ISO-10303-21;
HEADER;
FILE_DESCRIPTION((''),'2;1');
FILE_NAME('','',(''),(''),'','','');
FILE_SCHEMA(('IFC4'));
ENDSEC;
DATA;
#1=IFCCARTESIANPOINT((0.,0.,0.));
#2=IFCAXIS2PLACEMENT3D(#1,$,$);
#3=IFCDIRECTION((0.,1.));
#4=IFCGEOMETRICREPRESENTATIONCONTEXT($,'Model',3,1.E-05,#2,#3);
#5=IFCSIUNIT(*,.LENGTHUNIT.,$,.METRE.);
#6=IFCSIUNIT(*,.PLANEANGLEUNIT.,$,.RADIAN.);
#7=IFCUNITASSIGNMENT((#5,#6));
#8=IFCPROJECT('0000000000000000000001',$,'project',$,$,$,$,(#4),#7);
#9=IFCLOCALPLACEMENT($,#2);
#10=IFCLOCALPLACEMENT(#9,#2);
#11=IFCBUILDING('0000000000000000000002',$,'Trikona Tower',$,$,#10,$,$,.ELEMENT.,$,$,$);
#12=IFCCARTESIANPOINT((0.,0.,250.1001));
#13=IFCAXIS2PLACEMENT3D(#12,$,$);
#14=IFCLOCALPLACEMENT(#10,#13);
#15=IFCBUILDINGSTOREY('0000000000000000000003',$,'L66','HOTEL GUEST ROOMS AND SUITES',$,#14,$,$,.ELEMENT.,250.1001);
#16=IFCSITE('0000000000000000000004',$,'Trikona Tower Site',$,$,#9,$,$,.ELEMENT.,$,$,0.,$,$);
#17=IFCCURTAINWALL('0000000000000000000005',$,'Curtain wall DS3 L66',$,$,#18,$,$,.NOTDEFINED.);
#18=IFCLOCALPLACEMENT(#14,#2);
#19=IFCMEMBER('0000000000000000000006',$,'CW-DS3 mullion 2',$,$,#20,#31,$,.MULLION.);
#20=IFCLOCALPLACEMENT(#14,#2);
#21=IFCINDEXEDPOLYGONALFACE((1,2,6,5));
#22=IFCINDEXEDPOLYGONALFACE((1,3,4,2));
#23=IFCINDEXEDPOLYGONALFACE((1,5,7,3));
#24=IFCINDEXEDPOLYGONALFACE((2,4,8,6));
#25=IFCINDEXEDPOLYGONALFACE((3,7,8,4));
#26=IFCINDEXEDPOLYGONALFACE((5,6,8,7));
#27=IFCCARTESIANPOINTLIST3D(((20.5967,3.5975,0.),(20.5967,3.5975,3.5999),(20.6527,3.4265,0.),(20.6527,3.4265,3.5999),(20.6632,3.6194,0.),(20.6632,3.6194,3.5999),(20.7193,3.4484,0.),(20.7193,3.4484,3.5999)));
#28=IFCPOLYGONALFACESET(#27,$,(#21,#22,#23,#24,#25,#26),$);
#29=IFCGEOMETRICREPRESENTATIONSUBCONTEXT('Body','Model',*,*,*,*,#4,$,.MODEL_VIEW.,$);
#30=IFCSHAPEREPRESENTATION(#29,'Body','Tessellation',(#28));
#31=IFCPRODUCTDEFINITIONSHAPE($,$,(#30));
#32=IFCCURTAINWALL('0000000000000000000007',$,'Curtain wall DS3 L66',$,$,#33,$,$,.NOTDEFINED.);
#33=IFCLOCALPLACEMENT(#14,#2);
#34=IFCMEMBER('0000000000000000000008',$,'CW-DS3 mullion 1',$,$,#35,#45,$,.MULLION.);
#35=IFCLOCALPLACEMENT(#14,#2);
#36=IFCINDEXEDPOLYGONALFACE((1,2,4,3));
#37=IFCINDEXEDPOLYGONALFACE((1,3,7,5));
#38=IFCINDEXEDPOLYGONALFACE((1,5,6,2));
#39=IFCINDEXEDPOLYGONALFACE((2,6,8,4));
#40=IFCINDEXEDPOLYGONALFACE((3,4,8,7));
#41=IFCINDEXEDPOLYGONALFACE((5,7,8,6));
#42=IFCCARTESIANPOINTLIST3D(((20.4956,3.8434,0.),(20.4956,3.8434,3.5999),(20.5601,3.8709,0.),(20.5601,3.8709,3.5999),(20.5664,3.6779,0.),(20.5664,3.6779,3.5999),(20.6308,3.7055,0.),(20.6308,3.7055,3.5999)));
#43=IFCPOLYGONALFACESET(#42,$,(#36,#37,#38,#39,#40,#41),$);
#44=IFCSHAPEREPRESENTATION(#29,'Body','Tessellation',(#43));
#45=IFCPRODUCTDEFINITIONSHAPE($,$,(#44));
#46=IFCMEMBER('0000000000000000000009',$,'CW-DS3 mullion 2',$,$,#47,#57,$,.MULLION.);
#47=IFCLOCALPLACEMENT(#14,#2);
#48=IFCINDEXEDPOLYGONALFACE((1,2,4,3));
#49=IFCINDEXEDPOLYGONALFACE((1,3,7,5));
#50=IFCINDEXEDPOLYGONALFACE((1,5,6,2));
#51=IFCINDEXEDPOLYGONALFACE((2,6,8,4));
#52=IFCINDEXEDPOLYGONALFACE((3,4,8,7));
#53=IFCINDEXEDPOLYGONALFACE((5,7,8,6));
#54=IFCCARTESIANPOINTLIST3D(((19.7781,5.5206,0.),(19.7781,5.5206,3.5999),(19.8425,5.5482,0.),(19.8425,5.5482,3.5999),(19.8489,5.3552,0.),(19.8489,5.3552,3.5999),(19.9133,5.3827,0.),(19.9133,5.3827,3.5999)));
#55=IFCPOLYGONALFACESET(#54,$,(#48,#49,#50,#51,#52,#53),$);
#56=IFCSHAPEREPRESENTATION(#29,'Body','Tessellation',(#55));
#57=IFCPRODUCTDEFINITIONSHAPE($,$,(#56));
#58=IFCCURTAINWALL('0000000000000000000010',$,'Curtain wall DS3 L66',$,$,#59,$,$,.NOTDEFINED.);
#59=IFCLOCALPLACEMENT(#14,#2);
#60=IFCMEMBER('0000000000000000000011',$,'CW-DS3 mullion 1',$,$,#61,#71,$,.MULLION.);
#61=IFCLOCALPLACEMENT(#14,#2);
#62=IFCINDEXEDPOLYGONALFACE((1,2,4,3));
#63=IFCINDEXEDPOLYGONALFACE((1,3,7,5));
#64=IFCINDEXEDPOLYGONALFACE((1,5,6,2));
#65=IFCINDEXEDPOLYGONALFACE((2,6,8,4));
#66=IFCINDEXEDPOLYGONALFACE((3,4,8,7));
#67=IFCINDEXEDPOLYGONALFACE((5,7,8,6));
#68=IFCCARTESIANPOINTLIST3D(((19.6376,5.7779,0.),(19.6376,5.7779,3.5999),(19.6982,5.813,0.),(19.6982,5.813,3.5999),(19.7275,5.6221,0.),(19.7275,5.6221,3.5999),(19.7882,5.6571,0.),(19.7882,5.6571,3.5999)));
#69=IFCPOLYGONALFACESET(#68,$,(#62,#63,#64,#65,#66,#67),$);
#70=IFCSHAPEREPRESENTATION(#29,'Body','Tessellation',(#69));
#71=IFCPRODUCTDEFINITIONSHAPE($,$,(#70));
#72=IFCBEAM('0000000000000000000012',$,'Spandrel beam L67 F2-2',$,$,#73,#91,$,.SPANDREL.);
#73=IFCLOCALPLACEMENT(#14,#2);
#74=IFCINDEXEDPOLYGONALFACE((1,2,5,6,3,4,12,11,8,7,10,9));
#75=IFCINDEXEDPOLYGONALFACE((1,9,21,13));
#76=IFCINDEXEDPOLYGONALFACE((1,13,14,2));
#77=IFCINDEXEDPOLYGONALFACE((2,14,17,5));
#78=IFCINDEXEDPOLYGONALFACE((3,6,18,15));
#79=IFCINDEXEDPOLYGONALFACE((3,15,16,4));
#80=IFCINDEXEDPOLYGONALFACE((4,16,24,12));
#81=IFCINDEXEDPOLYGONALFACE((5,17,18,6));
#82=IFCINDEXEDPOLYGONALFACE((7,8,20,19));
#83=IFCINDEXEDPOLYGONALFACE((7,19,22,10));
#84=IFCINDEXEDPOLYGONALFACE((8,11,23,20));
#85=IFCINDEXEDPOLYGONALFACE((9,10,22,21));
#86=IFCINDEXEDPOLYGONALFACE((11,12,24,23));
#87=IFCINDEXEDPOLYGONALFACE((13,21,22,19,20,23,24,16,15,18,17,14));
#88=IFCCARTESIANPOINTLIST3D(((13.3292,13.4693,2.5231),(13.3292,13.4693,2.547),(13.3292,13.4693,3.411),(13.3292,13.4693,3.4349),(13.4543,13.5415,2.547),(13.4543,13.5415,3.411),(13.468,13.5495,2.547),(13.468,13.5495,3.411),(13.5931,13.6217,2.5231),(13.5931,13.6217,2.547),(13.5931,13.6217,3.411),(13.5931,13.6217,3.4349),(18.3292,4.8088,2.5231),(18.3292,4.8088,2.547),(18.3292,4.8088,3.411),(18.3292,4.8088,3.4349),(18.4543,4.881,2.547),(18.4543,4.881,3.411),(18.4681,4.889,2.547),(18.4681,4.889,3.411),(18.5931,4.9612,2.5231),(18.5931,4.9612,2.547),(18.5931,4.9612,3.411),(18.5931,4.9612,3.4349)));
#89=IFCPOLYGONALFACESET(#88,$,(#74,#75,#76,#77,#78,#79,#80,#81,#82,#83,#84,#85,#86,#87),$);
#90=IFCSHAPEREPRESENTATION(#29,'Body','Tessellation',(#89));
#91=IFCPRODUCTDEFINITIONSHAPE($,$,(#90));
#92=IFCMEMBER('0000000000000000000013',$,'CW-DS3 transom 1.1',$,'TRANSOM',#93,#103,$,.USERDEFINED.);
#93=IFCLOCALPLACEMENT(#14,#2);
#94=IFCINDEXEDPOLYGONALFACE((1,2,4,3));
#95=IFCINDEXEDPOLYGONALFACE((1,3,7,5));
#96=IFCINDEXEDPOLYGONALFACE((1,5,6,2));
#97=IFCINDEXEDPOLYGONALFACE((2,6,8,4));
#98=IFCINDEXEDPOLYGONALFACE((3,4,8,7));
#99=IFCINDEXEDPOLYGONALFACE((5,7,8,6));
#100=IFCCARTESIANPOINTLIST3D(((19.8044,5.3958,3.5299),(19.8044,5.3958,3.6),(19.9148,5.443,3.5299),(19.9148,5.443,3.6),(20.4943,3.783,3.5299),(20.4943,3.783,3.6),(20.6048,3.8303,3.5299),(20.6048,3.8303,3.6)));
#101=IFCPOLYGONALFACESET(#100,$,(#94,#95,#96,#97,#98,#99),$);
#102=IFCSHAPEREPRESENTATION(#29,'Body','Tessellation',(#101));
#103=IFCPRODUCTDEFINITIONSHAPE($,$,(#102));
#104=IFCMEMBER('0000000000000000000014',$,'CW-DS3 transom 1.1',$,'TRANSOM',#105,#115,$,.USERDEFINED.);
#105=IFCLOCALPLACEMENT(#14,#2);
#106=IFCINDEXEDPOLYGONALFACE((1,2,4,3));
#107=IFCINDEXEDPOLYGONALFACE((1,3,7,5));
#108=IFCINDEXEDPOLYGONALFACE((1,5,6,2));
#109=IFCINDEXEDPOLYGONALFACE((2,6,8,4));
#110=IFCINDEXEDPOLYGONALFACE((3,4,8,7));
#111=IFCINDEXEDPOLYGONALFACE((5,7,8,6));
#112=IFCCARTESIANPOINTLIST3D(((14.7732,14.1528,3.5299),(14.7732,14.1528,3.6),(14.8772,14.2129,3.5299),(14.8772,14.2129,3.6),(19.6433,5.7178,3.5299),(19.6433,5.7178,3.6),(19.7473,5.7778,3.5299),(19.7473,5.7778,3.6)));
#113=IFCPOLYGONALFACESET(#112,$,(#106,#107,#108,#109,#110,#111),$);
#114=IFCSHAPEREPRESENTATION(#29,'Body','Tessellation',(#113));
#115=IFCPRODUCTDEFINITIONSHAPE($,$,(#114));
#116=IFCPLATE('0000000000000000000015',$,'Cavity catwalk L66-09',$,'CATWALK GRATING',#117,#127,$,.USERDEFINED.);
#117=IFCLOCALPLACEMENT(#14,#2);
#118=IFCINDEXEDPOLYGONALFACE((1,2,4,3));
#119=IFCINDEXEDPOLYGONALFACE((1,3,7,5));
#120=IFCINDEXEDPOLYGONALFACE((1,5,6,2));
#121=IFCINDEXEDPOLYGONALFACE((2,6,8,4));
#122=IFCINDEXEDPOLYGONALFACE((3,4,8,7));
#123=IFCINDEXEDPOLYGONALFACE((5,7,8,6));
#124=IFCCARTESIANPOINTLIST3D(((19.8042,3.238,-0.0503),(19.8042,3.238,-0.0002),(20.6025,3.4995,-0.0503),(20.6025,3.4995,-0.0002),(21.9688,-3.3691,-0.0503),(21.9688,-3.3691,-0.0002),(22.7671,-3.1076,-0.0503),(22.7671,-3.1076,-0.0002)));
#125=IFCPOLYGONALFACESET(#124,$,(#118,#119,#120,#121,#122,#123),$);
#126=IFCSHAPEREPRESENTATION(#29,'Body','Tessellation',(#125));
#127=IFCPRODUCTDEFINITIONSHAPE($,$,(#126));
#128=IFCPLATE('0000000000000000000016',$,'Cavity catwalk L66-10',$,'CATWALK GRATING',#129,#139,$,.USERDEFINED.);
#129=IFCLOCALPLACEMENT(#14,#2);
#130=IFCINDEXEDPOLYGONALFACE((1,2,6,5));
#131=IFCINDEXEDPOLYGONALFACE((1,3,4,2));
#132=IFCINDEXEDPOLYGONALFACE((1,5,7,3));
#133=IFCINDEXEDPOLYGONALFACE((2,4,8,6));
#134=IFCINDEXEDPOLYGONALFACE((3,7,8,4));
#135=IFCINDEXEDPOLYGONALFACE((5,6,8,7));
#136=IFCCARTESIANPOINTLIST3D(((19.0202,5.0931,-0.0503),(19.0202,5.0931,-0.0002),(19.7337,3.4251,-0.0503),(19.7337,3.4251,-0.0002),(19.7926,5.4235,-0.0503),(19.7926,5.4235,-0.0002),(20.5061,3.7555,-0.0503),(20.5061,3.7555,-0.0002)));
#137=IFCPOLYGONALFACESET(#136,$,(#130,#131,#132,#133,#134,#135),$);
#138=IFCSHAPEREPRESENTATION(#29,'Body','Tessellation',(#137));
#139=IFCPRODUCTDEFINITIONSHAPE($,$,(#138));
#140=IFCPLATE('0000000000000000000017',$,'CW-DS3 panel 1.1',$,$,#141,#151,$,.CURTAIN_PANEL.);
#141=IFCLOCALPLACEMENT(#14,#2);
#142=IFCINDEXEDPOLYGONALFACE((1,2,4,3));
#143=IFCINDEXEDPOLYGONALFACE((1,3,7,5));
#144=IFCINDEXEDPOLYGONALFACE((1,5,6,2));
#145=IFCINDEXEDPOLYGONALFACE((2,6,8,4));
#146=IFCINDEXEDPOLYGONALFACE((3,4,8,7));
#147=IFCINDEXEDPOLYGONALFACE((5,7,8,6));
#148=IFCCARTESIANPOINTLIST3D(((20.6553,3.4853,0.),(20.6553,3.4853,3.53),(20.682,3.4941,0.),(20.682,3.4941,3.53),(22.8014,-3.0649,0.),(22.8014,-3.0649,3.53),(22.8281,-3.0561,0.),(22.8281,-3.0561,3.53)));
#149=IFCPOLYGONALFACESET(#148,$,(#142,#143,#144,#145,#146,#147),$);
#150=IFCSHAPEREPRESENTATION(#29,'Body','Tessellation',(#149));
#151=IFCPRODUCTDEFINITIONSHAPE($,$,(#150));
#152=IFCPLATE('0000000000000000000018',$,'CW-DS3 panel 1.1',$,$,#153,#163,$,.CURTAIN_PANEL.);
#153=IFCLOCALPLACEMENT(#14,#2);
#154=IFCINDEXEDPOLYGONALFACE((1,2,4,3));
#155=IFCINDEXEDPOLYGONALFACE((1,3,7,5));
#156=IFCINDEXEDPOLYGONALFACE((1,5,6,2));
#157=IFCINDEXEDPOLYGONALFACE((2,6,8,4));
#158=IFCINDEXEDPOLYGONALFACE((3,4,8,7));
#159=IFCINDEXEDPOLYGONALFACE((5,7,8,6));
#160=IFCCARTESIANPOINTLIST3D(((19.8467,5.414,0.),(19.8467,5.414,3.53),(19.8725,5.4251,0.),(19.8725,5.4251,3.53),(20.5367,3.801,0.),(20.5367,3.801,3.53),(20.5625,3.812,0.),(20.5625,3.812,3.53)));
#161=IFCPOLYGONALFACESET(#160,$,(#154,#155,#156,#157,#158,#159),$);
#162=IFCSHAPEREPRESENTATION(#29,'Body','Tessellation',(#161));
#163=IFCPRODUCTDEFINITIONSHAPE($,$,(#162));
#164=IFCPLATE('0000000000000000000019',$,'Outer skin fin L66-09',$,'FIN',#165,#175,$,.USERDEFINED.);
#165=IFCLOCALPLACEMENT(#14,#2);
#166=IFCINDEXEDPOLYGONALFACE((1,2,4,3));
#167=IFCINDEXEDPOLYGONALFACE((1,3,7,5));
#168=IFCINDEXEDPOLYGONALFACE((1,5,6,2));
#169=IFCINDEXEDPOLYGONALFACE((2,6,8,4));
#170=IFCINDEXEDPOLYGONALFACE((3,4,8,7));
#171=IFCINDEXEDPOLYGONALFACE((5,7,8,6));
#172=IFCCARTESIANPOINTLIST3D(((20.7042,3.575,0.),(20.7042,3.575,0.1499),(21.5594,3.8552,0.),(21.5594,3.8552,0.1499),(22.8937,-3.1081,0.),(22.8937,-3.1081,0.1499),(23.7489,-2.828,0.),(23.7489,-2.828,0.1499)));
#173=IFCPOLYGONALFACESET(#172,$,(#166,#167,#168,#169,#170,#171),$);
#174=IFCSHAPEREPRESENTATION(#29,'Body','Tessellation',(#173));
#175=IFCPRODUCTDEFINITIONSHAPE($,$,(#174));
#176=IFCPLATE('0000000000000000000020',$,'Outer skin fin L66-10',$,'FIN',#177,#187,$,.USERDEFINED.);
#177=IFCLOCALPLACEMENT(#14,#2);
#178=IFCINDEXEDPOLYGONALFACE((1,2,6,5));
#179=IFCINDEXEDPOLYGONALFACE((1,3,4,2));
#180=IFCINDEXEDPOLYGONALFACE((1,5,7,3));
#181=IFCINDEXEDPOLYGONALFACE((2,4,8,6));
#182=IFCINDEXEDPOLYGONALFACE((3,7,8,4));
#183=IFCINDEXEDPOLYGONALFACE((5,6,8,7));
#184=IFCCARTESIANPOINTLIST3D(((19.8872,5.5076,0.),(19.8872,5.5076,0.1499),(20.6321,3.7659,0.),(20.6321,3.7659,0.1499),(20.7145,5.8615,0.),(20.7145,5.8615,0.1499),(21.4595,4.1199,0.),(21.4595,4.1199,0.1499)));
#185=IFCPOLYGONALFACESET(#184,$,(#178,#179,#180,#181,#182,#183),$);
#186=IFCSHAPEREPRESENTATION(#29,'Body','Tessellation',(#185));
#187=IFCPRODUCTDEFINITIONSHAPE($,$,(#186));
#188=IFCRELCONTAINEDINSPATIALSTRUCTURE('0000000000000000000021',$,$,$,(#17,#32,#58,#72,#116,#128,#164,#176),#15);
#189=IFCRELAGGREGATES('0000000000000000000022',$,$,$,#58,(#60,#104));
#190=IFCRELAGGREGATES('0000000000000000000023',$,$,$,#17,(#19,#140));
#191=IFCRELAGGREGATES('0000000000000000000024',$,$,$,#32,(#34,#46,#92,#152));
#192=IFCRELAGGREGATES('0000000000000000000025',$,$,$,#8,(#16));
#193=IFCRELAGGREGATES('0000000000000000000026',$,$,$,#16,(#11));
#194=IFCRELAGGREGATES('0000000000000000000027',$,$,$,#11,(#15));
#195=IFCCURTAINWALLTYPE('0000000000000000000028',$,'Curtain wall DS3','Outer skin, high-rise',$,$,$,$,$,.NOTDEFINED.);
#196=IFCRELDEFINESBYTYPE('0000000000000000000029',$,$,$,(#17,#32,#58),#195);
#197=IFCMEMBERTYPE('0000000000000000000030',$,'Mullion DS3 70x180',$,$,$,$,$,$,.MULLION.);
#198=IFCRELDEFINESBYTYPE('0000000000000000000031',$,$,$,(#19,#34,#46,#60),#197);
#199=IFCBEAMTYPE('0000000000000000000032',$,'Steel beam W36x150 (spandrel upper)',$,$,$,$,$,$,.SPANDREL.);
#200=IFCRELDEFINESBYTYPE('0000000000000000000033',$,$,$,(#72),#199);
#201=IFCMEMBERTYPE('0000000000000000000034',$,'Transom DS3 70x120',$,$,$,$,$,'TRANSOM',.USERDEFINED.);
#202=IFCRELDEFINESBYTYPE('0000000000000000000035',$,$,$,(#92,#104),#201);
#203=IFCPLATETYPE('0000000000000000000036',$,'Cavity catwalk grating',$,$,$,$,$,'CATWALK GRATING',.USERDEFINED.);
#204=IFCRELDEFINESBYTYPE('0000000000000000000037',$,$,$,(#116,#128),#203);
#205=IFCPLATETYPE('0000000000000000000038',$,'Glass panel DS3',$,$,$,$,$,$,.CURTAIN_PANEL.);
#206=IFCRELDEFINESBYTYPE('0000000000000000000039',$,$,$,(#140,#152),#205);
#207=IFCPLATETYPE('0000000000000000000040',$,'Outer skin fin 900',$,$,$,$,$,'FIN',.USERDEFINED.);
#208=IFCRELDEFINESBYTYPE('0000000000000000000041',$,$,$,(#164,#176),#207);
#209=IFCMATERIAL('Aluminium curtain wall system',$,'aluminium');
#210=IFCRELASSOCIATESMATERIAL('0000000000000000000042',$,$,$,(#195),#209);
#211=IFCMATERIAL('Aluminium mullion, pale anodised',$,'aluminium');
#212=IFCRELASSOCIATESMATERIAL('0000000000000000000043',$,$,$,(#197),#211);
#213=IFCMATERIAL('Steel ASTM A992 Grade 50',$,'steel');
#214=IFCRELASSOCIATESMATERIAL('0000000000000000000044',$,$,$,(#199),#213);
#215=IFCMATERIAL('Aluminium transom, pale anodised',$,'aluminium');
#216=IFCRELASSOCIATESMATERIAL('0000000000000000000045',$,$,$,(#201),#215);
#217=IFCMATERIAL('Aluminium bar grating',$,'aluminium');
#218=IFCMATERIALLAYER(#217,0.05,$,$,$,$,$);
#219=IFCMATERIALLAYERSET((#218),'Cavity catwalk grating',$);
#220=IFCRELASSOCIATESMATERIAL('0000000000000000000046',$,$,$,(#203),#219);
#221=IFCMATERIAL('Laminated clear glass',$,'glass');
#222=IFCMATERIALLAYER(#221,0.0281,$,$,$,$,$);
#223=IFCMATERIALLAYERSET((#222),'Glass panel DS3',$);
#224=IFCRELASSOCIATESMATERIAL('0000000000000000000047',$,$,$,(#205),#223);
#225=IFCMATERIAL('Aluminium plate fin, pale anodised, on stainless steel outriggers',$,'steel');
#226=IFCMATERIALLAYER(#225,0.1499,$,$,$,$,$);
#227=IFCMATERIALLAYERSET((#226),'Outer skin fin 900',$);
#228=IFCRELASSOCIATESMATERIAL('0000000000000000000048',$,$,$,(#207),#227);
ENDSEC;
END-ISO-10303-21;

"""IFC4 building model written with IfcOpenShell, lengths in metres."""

from ifc_helpers import new_model, si_unit, direction, frame, origin, origin_2d, place, context, subcontext, project, spatial, rectangle, i_section, extrude, material, layer, layer_set, material_profile, profile_set, type_object, element, aggregate, save


model = new_model("IFC4")

# Units and contexts
model_context = context("Model", 3, precision=1e-05, world=origin(), true_north=direction((0.0, 1.0)))
body_context = subcontext(model_context, "Body", "Model", "MODEL_VIEW")
ifc_project = project(units=[si_unit("LENGTHUNIT", "METRE"), si_unit("PLANEANGLEUNIT", "RADIAN")], contexts=[model_context])

# Site, building, storey
site_placement = place(None, origin())
site = spatial("IfcSite", under=ifc_project, at=site_placement, Name="Trikona Tower Site", CompositionType="ELEMENT", RefElevation=0.0)
building_placement = place(site_placement, origin())
building = spatial("IfcBuilding", under=site, at=building_placement, Name="Trikona Tower", CompositionType="ELEMENT")
storey_placement = place(building_placement, frame((0.0, 0.0, 250.1001)))
storey = spatial("IfcBuildingStorey", under=building, at=storey_placement, Name="L66", Description="HOTEL GUEST ROOMS AND SUITES", CompositionType="ELEMENT", Elevation=250.1001)

# Curtain wall, member
ifc_material_1 = material(Name="Aluminium curtain wall system", Category="aluminium")
curtain_wall_type = type_object("IfcCurtainWallType", Name="Curtain wall DS3", Description="Outer skin, high-rise", PredefinedType="NOTDEFINED", material=ifc_material_1)
curtain_wall_1_placement = place(storey_placement, origin())
curtain_wall_1 = element("IfcCurtainWall", 1, at=curtain_wall_1_placement, inside=storey, type_object=curtain_wall_type, Name="Curtain wall DS3 L66", PredefinedType="NOTDEFINED")
ifc_material_2 = material(Name="Aluminium mullion, pale anodised", Category="aluminium")
ifc_material_profile_1 = material_profile(ifc_material_2, rectangle(XDim=0.0701, YDim=0.1799, at=origin_2d()), Name="MUL-DS3")
ifc_profile_set_1 = profile_set([ifc_material_profile_1], Name="Aluminium mullion, pale anodised")
member_type_1 = type_object("IfcMemberType", Name="Mullion DS3 70x180", PredefinedType="MULLION", material=ifc_profile_set_1)
member_1_placement = place(storey_placement, frame((20.658, 3.5229, 0.0), z_axis=(0.0, 0.0, 1.0), x_axis=(-0.950297, -0.311344, 0.0)))
member_1 = element("IfcMember", 2, at=member_1_placement, type_object=member_type_1, Name="CW-DS3 mullion 2", PredefinedType="MULLION", context=body_context, shape_type="SweptSolid", body=[
    extrude(rectangle(XDim=0.0701, YDim=0.1799, at=origin_2d()), origin(), (0.0, 0.0, 1.0), 3.5999),
])

# Curtain wall, members
curtain_wall_2_placement = place(storey_placement, origin())
curtain_wall_2 = element("IfcCurtainWall", 3, at=curtain_wall_2_placement, inside=storey, type_object=curtain_wall_type, Name="Curtain wall DS3 L66", PredefinedType="NOTDEFINED")
member_2_placement = place(storey_placement, frame((20.5632, 3.7744, 0.0), z_axis=(0.0, 0.0, 1.0), x_axis=(-0.919421, -0.393276, 0.0)))
member_2 = element("IfcMember", 4, at=member_2_placement, type_object=member_type_1, Name="CW-DS3 mullion 1", PredefinedType="MULLION", context=body_context, shape_type="SweptSolid", body=[
    extrude(rectangle(XDim=0.0701, YDim=0.1799, at=origin_2d()), origin(), (0.0, 0.0, 1.0), 3.5999),
])
member_3_placement = place(storey_placement, frame((19.8457, 5.4517, 0.0), z_axis=(0.0, 0.0, 1.0), x_axis=(-0.919421, -0.393276, 0.0)))
member_3 = element("IfcMember", 5, at=member_3_placement, type_object=member_type_1, Name="CW-DS3 mullion 2", PredefinedType="MULLION", context=body_context, shape_type="SweptSolid", body=[
    extrude(rectangle(XDim=0.0701, YDim=0.1799, at=origin_2d()), origin(), (0.0, 0.0, 1.0), 3.5999),
])

# Curtain wall, member
curtain_wall_3_placement = place(storey_placement, origin())
curtain_wall_3 = element("IfcCurtainWall", 6, at=curtain_wall_3_placement, inside=storey, type_object=curtain_wall_type, Name="Curtain wall DS3 L66", PredefinedType="NOTDEFINED")
member_4_placement = place(storey_placement, frame((19.7129, 5.7175, 0.0), z_axis=(0.0, 0.0, 1.0), x_axis=(-0.866025, -0.500001, 0.0)))
member_4 = element("IfcMember", 7, at=member_4_placement, type_object=member_type_1, Name="CW-DS3 mullion 1", PredefinedType="MULLION", context=body_context, shape_type="SweptSolid", body=[
    extrude(rectangle(XDim=0.0701, YDim=0.1799, at=origin_2d()), origin(), (0.0, 0.0, 1.0), 3.5999),
])

# Beam
ifc_material_3 = material(Name="Steel ASTM A992 Grade 50", Category="steel")
ifc_material_profile_2 = material_profile(ifc_material_3, i_section(OverallWidth=0.3047, OverallDepth=0.9119, WebThickness=0.0159, FlangeThickness=0.0239, at=origin_2d()), Name="W36X150")
ifc_profile_set_2 = profile_set([ifc_material_profile_2], Name="Steel ASTM A992 Grade 50")
beam_type = type_object("IfcBeamType", Name="Steel beam W36x150 (spandrel upper)", PredefinedType="SPANDREL", material=ifc_profile_set_2)
beam_placement = place(storey_placement, frame((18.4612, 4.885, 2.979), z_axis=(-0.499994, 0.866029, 0.0), x_axis=(-0.866029, -0.499994, 0.0)))
element("IfcBeam", 8, at=beam_placement, inside=storey, type_object=beam_type, Name="Spandrel beam L67 F2-2", PredefinedType="SPANDREL", context=body_context, shape_type="SweptSolid", body=[
    extrude(i_section(OverallWidth=0.3047, OverallDepth=0.9119, WebThickness=0.0159, FlangeThickness=0.0239, at=origin_2d()), origin(), (0.0, 0.0, 1.0), 10.0002),
])

# Members
ifc_material_4 = material(Name="Aluminium transom, pale anodised", Category="aluminium")
ifc_material_profile_3 = material_profile(ifc_material_4, rectangle(XDim=0.1201, YDim=0.0701, at=origin_2d()), Name="TRN-DS3")
ifc_profile_set_3 = profile_set([ifc_material_profile_3], Name="Aluminium transom, pale anodised")
member_type_2 = type_object("IfcMemberType", Name="Transom DS3 70x120", ElementType="TRANSOM", PredefinedType="USERDEFINED", material=ifc_profile_set_3)
member_5_placement = place(storey_placement, frame((20.5496, 3.8066, 3.5649), z_axis=(-0.393315, 0.919404, 0.0), x_axis=(-0.919404, -0.393315, 0.0)))
member_5 = element("IfcMember", 9, at=member_5_placement, type_object=member_type_2, Name="CW-DS3 transom 1.1", ObjectType="TRANSOM", PredefinedType="USERDEFINED", context=body_context, shape_type="SweptSolid", body=[
    extrude(rectangle(XDim=0.1201, YDim=0.0701, at=origin_2d()), origin(), (0.0, 0.0, 1.0), 1.7542),
])
member_6_placement = place(storey_placement, frame((19.6953, 5.7478, 3.5649), z_axis=(-0.50001, 0.866019, 0.0), x_axis=(-0.866019, -0.50001, 0.0)))
member_6 = element("IfcMember", 10, at=member_6_placement, type_object=member_type_2, Name="CW-DS3 transom 1.1", ObjectType="TRANSOM", PredefinedType="USERDEFINED", context=body_context, shape_type="SweptSolid", body=[
    extrude(rectangle(XDim=0.1201, YDim=0.0701, at=origin_2d()), origin(), (0.0, 0.0, 1.0), 9.74),
])
aggregate(curtain_wall_3, [member_4, member_6])

# Plates
ifc_material_5 = material(Name="Aluminium bar grating", Category="aluminium")
ifc_layer_1 = layer(ifc_material_5, 0.05)
ifc_layer_set_1 = layer_set([ifc_layer_1], Name="Cavity catwalk grating")
plate_type_1 = type_object("IfcPlateType", Name="Cavity catwalk grating", ElementType="CATWALK GRATING", PredefinedType="USERDEFINED", material=ifc_layer_set_1)
plate_1_placement = place(storey_placement, frame((21.2856, 0.0652, -0.0503), z_axis=(0.0, 0.0, 1.0), x_axis=(-0.311337, 0.9503, 0.0)))
element("IfcPlate", 11, at=plate_1_placement, inside=storey, type_object=plate_type_1, Name="Cavity catwalk L66-09", ObjectType="CATWALK GRATING", PredefinedType="USERDEFINED", context=body_context, shape_type="SweptSolid", body=[
    extrude(rectangle(XDim=6.9526, YDim=0.8401, at=origin_2d()), origin(), (0.0, 0.0, 1.0), 0.05),
])
plate_2_placement = place(storey_placement, frame((19.7632, 4.4243, -0.0503), z_axis=(0.0, 0.0, 1.0), x_axis=(-0.393284, 0.919417, 0.0)))
element("IfcPlate", 12, at=plate_2_placement, inside=storey, type_object=plate_type_1, Name="Cavity catwalk L66-10", ObjectType="CATWALK GRATING", PredefinedType="USERDEFINED", context=body_context, shape_type="SweptSolid", body=[
    extrude(rectangle(XDim=1.8142, YDim=0.8401, at=origin_2d()), origin(), (0.0, 0.0, 1.0), 0.05),
])

# Plates
ifc_material_6 = material(Name="Laminated clear glass", Category="glass")
ifc_layer_2 = layer(ifc_material_6, 0.0281)
ifc_layer_set_2 = layer_set([ifc_layer_2], Name="Glass panel DS3")
plate_type_2 = type_object("IfcPlateType", Name="Glass panel DS3", PredefinedType="CURTAIN_PANEL", material=ifc_layer_set_2)
plate_3_placement = place(storey_placement, frame((21.7417, 0.2146, 0.0), z_axis=(0.0, 0.0, 1.0), x_axis=(-0.311344, 0.950297, 0.0)))
plate_3 = element("IfcPlate", 13, at=plate_3_placement, type_object=plate_type_2, Name="CW-DS3 panel 1.1", PredefinedType="CURTAIN_PANEL", context=body_context, shape_type="SweptSolid", body=[
    extrude(rectangle(XDim=6.8928, YDim=0.0281, at=origin_2d()), origin(), (0.0, 0.0, 1.0), 3.53),
])
aggregate(curtain_wall_1, [member_1, plate_3])
plate_4_placement = place(storey_placement, frame((20.2046, 4.613, 0.0), z_axis=(0.0, 0.0, 1.0), x_axis=(-0.393276, 0.919421, 0.0)))
plate_4 = element("IfcPlate", 14, at=plate_4_placement, type_object=plate_type_2, Name="CW-DS3 panel 1.1", PredefinedType="CURTAIN_PANEL", context=body_context, shape_type="SweptSolid", body=[
    extrude(rectangle(XDim=1.7544, YDim=0.0281, at=origin_2d()), origin(), (0.0, 0.0, 1.0), 3.53),
])
aggregate(curtain_wall_2, [member_2, member_3, member_5, plate_4])

# Plates
ifc_material_7 = material(Name="Aluminium plate fin, pale anodised, on stainless steel outriggers", Category="steel")
ifc_layer_3 = layer(ifc_material_7, 0.1499)
ifc_layer_set_3 = layer_set([ifc_layer_3], Name="Outer skin fin 900")
plate_type_3 = type_object("IfcPlateType", Name="Outer skin fin 900", ElementType="FIN", PredefinedType="USERDEFINED", material=ifc_layer_set_3)
plate_5_placement = place(storey_placement, frame((22.2266, 0.3735, 0.0), z_axis=(0.0, 0.0, 1.0), x_axis=(-0.311337, 0.9503, 0.0)))
element("IfcPlate", 15, at=plate_5_placement, inside=storey, type_object=plate_type_3, Name="Outer skin fin L66-09", ObjectType="FIN", PredefinedType="USERDEFINED", context=body_context, shape_type="SweptSolid", body=[
    extrude(rectangle(XDim=7.0327, YDim=0.8999, at=origin_2d()), origin(), (0.0, 0.0, 1.0), 0.1499),
])
plate_6_placement = place(storey_placement, frame((20.6733, 4.8137, 0.0), z_axis=(0.0, 0.0, 1.0), x_axis=(-0.393284, 0.919417, 0.0)))
element("IfcPlate", 16, at=plate_6_placement, inside=storey, type_object=plate_type_3, Name="Outer skin fin L66-10", ObjectType="FIN", PredefinedType="USERDEFINED", context=body_context, shape_type="SweptSolid", body=[
    extrude(rectangle(XDim=1.8943, YDim=0.8999, at=origin_2d()), origin(), (0.0, 0.0, 1.0), 0.1499),
])

save(model, "model.ifc")
